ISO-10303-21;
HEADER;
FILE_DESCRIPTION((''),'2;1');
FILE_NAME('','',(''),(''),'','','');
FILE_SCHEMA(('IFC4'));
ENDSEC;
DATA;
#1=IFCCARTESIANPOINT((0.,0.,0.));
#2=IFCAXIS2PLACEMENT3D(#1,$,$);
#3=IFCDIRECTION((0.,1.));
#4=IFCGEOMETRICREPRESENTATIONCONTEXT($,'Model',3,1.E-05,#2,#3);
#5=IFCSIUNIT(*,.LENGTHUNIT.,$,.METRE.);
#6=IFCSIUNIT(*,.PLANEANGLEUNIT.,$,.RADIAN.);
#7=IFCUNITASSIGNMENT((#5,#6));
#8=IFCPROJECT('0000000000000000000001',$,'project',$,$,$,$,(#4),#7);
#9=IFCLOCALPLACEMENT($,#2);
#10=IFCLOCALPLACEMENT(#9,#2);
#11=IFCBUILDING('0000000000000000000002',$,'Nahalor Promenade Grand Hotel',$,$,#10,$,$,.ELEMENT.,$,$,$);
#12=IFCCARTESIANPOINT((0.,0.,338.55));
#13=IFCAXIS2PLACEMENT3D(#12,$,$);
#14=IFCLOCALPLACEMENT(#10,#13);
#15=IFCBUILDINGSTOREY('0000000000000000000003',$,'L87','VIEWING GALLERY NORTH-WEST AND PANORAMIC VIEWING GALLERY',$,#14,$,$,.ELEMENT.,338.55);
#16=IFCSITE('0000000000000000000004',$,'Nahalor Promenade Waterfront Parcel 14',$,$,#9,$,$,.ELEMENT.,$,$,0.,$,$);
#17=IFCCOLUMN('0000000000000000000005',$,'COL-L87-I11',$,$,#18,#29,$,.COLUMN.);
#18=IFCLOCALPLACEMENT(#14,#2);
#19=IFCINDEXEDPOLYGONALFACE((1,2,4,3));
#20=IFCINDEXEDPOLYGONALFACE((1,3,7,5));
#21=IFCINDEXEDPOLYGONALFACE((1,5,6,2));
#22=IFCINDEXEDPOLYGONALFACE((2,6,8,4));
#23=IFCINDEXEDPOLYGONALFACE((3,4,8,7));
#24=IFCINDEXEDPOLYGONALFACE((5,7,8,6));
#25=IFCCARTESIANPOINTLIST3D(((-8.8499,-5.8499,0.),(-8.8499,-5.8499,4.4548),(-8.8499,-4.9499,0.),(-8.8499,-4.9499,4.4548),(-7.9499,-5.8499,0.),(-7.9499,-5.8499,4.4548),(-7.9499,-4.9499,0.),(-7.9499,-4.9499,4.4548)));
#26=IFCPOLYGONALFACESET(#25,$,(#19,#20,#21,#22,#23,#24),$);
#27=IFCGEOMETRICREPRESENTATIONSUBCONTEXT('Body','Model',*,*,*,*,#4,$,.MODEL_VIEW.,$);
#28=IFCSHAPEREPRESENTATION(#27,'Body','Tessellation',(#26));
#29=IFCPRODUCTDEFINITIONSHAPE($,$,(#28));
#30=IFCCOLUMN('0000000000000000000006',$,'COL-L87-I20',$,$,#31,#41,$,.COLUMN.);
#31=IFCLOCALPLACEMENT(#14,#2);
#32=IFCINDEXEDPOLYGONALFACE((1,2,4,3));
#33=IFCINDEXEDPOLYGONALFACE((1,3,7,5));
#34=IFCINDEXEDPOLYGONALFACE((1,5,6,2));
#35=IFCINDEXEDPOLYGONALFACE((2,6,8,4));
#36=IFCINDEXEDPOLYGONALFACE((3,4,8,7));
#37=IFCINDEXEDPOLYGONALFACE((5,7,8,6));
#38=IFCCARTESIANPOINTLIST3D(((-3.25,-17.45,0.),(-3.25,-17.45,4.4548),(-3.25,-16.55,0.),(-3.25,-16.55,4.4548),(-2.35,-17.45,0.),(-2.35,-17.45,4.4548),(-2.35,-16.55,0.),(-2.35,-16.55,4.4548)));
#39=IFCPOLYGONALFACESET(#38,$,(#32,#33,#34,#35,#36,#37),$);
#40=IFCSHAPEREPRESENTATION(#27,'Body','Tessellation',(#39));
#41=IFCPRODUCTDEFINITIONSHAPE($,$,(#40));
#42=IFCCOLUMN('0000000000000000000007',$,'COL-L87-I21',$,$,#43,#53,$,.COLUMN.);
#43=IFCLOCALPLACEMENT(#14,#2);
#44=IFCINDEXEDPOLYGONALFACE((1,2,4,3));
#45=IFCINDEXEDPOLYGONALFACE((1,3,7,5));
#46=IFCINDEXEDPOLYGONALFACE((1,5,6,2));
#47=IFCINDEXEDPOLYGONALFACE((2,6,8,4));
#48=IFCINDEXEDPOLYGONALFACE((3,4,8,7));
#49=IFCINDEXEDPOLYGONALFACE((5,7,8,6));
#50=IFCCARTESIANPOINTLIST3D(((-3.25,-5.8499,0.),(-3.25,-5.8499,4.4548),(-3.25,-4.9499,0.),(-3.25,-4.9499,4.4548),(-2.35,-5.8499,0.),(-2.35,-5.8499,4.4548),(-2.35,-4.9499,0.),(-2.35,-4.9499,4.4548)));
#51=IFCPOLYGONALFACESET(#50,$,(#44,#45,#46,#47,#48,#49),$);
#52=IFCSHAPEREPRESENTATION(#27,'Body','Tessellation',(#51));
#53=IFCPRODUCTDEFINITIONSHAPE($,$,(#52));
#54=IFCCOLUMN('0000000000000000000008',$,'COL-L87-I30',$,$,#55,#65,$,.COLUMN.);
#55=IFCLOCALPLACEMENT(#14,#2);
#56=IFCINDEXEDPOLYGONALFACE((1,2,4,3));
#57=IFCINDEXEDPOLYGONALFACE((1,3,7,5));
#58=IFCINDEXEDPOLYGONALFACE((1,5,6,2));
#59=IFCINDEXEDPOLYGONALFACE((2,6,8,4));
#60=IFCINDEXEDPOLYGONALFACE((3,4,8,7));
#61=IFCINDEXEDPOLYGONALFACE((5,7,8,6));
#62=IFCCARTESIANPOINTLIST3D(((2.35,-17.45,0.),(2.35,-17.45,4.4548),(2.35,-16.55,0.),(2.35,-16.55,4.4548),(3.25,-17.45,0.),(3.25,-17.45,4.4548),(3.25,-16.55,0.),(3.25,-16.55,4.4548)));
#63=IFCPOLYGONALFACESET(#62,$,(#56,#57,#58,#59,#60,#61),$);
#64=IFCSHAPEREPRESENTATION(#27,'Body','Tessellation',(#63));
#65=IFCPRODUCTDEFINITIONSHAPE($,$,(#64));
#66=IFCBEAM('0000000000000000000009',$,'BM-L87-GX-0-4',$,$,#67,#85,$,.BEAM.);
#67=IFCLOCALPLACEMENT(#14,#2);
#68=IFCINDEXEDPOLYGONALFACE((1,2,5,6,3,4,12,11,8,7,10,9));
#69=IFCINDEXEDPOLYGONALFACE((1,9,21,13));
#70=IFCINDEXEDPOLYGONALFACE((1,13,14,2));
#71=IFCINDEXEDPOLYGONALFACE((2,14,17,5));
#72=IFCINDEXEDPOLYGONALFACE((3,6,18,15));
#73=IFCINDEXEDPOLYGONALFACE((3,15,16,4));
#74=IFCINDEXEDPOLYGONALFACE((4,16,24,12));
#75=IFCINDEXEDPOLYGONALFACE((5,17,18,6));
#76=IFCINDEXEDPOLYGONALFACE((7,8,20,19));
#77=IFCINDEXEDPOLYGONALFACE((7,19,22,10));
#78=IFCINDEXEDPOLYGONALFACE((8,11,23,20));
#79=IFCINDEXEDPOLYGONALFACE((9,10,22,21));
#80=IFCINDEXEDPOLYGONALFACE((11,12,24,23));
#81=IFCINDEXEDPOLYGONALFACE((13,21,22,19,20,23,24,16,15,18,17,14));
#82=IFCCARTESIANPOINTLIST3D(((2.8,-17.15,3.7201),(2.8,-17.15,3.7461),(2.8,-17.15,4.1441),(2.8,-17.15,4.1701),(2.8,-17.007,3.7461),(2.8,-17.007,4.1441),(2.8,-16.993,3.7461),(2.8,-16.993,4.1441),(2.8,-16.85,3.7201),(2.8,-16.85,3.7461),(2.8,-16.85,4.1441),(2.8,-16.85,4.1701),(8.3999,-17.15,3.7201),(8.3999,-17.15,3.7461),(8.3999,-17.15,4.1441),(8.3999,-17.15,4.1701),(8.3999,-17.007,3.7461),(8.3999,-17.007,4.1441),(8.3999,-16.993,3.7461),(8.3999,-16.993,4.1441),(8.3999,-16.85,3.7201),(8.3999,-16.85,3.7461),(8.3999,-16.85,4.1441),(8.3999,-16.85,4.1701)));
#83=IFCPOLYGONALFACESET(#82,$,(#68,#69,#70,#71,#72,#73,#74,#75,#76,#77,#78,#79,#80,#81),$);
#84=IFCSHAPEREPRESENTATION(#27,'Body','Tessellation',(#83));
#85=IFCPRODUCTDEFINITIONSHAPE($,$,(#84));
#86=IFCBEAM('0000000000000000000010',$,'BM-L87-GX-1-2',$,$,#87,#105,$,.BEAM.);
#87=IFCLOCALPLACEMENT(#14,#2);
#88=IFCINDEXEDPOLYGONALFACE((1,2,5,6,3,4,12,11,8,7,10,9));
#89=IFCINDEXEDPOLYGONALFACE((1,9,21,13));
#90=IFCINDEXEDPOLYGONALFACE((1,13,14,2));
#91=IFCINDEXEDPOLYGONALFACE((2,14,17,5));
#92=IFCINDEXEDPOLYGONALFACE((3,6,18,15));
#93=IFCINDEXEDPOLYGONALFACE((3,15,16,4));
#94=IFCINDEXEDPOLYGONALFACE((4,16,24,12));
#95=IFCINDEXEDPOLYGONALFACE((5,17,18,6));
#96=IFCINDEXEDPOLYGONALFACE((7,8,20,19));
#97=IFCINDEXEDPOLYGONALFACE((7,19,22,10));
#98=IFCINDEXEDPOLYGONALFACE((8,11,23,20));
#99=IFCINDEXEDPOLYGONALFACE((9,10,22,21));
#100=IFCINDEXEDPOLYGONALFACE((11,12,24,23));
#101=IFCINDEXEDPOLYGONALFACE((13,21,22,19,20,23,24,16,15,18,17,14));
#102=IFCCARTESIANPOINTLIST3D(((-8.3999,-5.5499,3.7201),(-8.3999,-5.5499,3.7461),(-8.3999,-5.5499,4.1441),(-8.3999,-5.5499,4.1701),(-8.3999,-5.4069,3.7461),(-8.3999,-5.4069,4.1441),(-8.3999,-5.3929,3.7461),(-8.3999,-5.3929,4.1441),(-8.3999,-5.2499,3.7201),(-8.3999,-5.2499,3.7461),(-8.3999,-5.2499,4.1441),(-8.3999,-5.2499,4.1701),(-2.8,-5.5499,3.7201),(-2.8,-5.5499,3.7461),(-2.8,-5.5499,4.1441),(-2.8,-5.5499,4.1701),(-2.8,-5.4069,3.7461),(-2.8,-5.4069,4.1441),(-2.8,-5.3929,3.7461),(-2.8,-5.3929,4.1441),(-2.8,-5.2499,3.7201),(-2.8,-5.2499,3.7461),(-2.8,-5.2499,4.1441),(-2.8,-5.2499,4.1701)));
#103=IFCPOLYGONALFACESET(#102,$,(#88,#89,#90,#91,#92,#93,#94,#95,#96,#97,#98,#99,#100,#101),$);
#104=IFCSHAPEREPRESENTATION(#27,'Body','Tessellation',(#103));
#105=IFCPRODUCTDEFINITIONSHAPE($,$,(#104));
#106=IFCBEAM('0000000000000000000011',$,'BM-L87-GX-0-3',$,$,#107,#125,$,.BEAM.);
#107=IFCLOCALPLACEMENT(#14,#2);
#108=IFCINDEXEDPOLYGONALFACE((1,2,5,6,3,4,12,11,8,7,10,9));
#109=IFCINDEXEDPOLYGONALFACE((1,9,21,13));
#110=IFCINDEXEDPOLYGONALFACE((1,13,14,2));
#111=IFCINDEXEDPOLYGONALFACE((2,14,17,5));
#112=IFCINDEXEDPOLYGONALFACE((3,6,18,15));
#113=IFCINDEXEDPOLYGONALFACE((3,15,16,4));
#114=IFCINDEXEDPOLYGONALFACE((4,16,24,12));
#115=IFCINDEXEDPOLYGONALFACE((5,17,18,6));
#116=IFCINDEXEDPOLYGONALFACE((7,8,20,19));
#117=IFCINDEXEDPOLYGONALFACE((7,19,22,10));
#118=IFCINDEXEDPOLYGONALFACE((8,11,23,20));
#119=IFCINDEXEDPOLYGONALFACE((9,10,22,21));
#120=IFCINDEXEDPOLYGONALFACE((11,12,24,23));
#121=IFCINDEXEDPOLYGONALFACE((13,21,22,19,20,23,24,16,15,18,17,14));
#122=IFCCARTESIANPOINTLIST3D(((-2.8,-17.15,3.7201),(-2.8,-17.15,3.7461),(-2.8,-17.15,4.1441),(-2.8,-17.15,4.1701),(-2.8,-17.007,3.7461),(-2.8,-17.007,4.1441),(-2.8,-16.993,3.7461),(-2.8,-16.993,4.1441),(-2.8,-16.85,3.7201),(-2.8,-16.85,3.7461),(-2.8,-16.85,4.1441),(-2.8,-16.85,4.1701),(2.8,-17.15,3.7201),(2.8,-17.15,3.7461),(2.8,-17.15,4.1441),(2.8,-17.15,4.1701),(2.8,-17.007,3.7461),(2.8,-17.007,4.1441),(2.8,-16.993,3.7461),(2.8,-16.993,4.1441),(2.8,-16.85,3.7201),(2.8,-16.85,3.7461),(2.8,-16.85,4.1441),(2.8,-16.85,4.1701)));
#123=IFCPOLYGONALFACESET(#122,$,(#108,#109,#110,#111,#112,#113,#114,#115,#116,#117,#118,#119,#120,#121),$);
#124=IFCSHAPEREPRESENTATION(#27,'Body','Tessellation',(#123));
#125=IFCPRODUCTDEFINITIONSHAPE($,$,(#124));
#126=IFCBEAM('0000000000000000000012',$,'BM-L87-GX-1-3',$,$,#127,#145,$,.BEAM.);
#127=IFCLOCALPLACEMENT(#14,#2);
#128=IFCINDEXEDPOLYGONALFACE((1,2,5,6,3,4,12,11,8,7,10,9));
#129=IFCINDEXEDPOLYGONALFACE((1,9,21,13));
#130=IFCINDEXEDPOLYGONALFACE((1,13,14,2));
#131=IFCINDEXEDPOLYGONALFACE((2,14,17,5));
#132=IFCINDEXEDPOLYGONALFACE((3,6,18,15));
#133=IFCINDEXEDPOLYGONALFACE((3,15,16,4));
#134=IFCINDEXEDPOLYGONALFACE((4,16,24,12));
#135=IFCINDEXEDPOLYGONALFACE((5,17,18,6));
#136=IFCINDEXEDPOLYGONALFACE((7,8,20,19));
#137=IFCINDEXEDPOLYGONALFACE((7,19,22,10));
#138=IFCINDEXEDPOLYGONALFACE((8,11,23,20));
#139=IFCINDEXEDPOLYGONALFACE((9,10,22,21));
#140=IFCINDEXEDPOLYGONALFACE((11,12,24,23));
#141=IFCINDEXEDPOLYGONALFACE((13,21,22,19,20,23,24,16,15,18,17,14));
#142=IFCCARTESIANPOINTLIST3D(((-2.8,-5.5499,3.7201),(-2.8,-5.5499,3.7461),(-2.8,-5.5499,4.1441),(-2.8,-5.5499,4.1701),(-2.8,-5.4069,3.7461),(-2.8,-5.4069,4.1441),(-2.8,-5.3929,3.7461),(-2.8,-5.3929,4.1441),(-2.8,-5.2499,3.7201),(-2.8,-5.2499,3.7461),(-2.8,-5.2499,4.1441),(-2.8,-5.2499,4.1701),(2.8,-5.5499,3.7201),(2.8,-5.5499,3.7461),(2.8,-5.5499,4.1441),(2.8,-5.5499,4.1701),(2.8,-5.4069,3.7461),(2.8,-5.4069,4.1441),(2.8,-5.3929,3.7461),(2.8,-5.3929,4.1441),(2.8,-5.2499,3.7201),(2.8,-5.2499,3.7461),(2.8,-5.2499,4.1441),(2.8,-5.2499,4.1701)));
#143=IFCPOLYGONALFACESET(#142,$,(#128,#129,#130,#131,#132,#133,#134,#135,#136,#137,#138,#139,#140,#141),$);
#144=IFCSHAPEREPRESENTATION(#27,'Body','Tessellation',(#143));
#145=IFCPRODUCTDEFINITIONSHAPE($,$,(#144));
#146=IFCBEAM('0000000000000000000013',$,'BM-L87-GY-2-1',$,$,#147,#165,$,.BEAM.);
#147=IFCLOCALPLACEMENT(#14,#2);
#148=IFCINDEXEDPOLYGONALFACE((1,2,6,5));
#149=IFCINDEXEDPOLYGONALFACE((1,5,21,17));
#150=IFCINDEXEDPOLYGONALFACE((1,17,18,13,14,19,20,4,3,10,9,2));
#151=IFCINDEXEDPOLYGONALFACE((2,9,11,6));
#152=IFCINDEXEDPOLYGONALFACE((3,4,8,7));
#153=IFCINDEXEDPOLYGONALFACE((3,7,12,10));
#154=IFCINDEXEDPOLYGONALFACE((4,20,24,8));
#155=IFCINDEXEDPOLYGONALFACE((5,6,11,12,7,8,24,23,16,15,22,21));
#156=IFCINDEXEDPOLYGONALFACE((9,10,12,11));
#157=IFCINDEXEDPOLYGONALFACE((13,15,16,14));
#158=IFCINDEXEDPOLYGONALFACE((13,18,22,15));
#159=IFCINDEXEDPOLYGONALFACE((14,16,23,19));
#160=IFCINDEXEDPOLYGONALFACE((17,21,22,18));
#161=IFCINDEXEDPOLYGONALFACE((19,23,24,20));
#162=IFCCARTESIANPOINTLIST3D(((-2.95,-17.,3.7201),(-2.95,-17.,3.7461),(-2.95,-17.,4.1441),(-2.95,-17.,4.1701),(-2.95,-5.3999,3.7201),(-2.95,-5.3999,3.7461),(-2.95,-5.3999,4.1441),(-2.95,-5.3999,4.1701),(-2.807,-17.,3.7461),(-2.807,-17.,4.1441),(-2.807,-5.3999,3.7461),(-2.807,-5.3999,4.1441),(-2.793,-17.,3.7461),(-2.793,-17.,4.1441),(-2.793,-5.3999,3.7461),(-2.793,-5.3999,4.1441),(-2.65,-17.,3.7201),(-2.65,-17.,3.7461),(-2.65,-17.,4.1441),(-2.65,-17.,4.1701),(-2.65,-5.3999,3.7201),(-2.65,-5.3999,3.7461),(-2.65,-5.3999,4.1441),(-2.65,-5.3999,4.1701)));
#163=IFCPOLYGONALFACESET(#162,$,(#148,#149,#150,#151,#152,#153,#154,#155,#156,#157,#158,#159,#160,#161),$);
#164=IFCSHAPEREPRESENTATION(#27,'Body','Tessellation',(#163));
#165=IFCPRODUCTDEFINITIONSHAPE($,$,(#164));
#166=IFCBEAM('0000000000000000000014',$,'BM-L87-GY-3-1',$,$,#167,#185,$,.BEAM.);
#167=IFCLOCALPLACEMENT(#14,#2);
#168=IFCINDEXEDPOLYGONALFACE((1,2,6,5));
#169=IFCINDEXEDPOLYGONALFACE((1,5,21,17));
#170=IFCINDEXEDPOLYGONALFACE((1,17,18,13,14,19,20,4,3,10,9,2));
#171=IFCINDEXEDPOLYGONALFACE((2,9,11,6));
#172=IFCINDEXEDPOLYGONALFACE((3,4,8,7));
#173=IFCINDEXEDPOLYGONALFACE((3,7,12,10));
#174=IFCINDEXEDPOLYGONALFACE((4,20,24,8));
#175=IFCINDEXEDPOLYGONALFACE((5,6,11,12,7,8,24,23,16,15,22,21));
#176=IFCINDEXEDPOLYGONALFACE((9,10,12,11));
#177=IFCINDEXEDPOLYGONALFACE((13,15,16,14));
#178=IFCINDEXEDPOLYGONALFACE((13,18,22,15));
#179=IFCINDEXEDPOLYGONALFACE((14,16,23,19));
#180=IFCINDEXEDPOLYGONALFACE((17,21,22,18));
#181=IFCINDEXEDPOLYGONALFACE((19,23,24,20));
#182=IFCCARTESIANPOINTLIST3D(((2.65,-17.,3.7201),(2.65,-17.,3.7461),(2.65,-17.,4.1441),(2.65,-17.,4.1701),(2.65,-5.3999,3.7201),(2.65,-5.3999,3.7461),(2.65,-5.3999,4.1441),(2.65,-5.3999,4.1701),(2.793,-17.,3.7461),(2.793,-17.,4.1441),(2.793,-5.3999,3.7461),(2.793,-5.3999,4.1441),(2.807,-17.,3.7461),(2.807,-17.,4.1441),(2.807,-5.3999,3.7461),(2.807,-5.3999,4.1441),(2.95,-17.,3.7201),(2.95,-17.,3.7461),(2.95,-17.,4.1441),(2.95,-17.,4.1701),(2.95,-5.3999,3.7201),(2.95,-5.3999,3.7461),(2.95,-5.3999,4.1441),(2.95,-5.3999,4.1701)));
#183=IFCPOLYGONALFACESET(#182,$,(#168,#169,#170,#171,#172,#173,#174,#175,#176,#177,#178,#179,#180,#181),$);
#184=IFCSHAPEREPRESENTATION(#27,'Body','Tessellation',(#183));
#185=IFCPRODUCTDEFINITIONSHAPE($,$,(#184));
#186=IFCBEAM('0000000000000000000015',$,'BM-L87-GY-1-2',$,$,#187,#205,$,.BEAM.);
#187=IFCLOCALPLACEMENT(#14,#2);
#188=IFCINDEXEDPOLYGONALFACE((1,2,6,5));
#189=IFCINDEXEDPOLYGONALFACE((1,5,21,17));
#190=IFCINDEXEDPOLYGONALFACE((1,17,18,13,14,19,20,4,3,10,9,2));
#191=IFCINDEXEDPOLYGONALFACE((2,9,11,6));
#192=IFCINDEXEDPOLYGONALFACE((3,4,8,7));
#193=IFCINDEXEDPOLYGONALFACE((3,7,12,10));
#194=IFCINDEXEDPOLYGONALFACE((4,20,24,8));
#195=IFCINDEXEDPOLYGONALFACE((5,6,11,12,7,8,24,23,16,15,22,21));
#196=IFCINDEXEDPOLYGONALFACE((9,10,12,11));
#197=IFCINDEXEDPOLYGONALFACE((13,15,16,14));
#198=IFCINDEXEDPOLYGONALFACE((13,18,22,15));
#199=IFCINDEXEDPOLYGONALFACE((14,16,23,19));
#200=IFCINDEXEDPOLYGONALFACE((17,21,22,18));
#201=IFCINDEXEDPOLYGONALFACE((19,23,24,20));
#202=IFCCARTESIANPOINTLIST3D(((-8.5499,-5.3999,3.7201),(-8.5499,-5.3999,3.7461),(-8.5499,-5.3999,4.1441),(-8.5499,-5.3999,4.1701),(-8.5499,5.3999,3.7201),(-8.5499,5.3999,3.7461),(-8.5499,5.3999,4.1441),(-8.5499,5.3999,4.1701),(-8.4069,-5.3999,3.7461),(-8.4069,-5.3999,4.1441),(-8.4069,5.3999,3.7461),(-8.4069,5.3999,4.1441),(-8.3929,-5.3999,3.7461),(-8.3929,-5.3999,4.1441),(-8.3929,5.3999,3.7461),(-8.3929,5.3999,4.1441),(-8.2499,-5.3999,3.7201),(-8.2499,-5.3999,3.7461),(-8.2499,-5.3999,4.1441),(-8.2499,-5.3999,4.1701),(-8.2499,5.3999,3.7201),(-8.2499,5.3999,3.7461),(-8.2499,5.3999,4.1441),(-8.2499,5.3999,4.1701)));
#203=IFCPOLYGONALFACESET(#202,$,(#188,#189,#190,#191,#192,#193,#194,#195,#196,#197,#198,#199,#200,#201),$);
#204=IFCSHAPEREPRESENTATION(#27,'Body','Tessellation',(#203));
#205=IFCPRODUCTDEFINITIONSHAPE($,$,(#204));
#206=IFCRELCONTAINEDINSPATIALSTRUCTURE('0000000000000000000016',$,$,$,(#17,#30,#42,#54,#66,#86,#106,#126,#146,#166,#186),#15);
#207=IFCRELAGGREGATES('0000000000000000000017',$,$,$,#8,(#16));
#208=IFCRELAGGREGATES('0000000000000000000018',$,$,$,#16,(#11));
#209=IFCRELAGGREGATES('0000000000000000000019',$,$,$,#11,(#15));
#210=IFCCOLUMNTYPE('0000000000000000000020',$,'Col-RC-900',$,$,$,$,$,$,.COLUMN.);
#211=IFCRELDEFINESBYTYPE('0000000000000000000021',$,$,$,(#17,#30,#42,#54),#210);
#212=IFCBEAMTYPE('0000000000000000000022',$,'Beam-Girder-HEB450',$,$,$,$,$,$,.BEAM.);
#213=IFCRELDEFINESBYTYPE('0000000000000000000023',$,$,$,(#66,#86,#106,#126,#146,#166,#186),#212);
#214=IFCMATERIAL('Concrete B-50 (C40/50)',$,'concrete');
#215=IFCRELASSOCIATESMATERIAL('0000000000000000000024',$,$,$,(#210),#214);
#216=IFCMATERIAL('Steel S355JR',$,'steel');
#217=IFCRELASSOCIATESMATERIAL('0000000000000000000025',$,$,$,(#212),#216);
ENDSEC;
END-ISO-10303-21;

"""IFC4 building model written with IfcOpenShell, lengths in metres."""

from ifc_helpers import new_model, si_unit, direction, frame, origin, origin_2d, place, context, subcontext, project, spatial, rectangle, i_section, extrude, source, transform, mapped, material, material_profile, profile_set, type_object, element, save


model = new_model("IFC4")

# Units and contexts
model_context = context("Model", 3, precision=1e-05, world=origin(), true_north=direction((0.0, 1.0)))
body_context = subcontext(model_context, "Body", "Model", "MODEL_VIEW")
ifc_project = project(units=[si_unit("LENGTHUNIT", "METRE"), si_unit("PLANEANGLEUNIT", "RADIAN")], contexts=[model_context])

# Site, building, storey
site_placement = place(None, origin())
site = spatial("IfcSite", under=ifc_project, at=site_placement, Name="Nahalor Promenade Waterfront Parcel 14", CompositionType="ELEMENT", RefElevation=0.0)
building_placement = place(site_placement, origin())
building = spatial("IfcBuilding", under=site, at=building_placement, Name="Nahalor Promenade Grand Hotel", CompositionType="ELEMENT")
storey_placement = place(building_placement, frame((0.0, 0.0, 338.55)))
storey = spatial("IfcBuildingStorey", under=building, at=storey_placement, Name="L87", Description="VIEWING GALLERY NORTH-WEST AND PANORAMIC VIEWING GALLERY", CompositionType="ELEMENT", Elevation=338.55)

# Columns
ifc_material_1 = material(Name="Concrete B-50 (C40/50)", Category="concrete")
ifc_material_profile_1 = material_profile(ifc_material_1, rectangle(XDim=0.9, YDim=0.9, at=origin_2d()), Name="RC 900x900")
ifc_profile_set_1 = profile_set([ifc_material_profile_1], Name="Concrete B-50 (C40/50)")
column_type = type_object("IfcColumnType", Name="Col-RC-900", PredefinedType="COLUMN", material=ifc_profile_set_1)
shared_shape_1 = source(origin(), body_context, "Body", "SweptSolid", [
    extrude(rectangle(XDim=0.9, YDim=0.9, at=origin_2d()), origin(), (0.0, 0.0, 1.0), 4.4548),
])
for number, where, z_axis, x_axis, name in (
    (1, (-8.3999, -5.3999, 0.0), (0.0, 0.0, 1.0), (1.0, 0.0, 0.0), "COL-L87-I11"),
    (2, (-2.8, -17.0, 0.0), (0.0, 0.0, 1.0), (1.0, 0.0, 0.0), "COL-L87-I20"),
    (3, (-2.8, -5.3999, 0.0), (0.0, 0.0, 1.0), (1.0, 0.0, 0.0), "COL-L87-I21"),
    (4, (2.8, -17.0, 0.0), (0.0, 0.0, 1.0), (1.0, 0.0, 0.0), "COL-L87-I30"),
):
    element("IfcColumn", number, at=place(storey_placement, frame(where, z_axis=z_axis, x_axis=x_axis)), inside=storey, type_object=column_type, Name=name, PredefinedType="COLUMN", context=body_context, shape_type="MappedRepresentation", body=[
        mapped(shared_shape_1, transform((0.0, 0.0, 0.0), scale=1.0)),
    ])

# Beams
ifc_material_2 = material(Name="Steel S355JR", Category="steel")
ifc_material_profile_2 = material_profile(ifc_material_2, i_section(OverallWidth=0.3, OverallDepth=0.45, WebThickness=0.014, FlangeThickness=0.026, at=origin_2d()), Name="HEB 450")
ifc_profile_set_2 = profile_set([ifc_material_profile_2], Name="Steel S355JR")
beam_type = type_object("IfcBeamType", Name="Beam-Girder-HEB450", PredefinedType="BEAM", material=ifc_profile_set_2)
shared_shape_2 = source(origin(), body_context, "Body", "SweptSolid", [
    extrude(i_section(OverallWidth=0.3, OverallDepth=0.45, WebThickness=0.014, FlangeThickness=0.026, at=origin_2d()), origin(), (0.0, 0.0, 1.0), 5.5999),
])
for number, where, z_axis, x_axis, name in (
    (5, (2.8, -17.0, 3.9451), (1.0, 0.0, 0.0), (0.0, 1.0, 0.0), "BM-L87-GX-0-4"),
    (6, (-8.3999, -5.3999, 3.9451), (1.0, 0.0, 0.0), (0.0, 1.0, 0.0), "BM-L87-GX-1-2"),
):
    element("IfcBeam", number, at=place(storey_placement, frame(where, z_axis=z_axis, x_axis=x_axis)), inside=storey, type_object=beam_type, Name=name, PredefinedType="BEAM", context=body_context, shape_type="MappedRepresentation", body=[
        mapped(shared_shape_2, transform((0.0, 0.0, 0.0), scale=1.0)),
    ])
shared_shape_3 = source(origin(), body_context, "Body", "SweptSolid", [
    extrude(i_section(OverallWidth=0.3, OverallDepth=0.45, WebThickness=0.014, FlangeThickness=0.026, at=origin_2d()), origin(), (0.0, 0.0, 1.0), 5.6001),
])
for number, where, z_axis, x_axis, name in (
    (7, (-2.8, -17.0, 3.9451), (1.0, 0.0, 0.0), (0.0, 1.0, 0.0), "BM-L87-GX-0-3"),
    (8, (-2.8, -5.3999, 3.9451), (1.0, 0.0, 0.0), (0.0, 1.0, 0.0), "BM-L87-GX-1-3"),
):
    element("IfcBeam", number, at=place(storey_placement, frame(where, z_axis=z_axis, x_axis=x_axis)), inside=storey, type_object=beam_type, Name=name, PredefinedType="BEAM", context=body_context, shape_type="MappedRepresentation", body=[
        mapped(shared_shape_3, transform((0.0, 0.0, 0.0), scale=1.0)),
    ])
shared_shape_4 = source(origin(), body_context, "Body", "SweptSolid", [
    extrude(i_section(OverallWidth=0.3, OverallDepth=0.45, WebThickness=0.014, FlangeThickness=0.026, at=origin_2d()), origin(), (0.0, 0.0, 1.0), 11.6001),
])
for number, where, z_axis, x_axis, name in (
    (9, (-2.8, -17.0, 3.9451), (0.0, 1.0, 0.0), (-1.0, 0.0, 0.0), "BM-L87-GY-2-1"),
    (10, (2.8, -17.0, 3.9451), (0.0, 1.0, 0.0), (-1.0, 0.0, 0.0), "BM-L87-GY-3-1"),
):
    element("IfcBeam", number, at=place(storey_placement, frame(where, z_axis=z_axis, x_axis=x_axis)), inside=storey, type_object=beam_type, Name=name, PredefinedType="BEAM", context=body_context, shape_type="MappedRepresentation", body=[
        mapped(shared_shape_4, transform((0.0, 0.0, 0.0), scale=1.0)),
    ])
shared_shape_5 = source(origin(), body_context, "Body", "SweptSolid", [
    extrude(i_section(OverallWidth=0.3, OverallDepth=0.45, WebThickness=0.014, FlangeThickness=0.026, at=origin_2d()), origin(), (0.0, 0.0, 1.0), 10.7998),
])
beam_placement = place(storey_placement, frame((-8.3999, -5.3999, 3.9451), z_axis=(0.0, 1.0, 0.0), x_axis=(-1.0, 0.0, 0.0)))
element("IfcBeam", 11, at=beam_placement, inside=storey, type_object=beam_type, Name="BM-L87-GY-1-2", PredefinedType="BEAM", context=body_context, shape_type="MappedRepresentation", body=[
    mapped(shared_shape_5, transform((0.0, 0.0, 0.0), scale=1.0)),
])

save(model, "model.ifc")
